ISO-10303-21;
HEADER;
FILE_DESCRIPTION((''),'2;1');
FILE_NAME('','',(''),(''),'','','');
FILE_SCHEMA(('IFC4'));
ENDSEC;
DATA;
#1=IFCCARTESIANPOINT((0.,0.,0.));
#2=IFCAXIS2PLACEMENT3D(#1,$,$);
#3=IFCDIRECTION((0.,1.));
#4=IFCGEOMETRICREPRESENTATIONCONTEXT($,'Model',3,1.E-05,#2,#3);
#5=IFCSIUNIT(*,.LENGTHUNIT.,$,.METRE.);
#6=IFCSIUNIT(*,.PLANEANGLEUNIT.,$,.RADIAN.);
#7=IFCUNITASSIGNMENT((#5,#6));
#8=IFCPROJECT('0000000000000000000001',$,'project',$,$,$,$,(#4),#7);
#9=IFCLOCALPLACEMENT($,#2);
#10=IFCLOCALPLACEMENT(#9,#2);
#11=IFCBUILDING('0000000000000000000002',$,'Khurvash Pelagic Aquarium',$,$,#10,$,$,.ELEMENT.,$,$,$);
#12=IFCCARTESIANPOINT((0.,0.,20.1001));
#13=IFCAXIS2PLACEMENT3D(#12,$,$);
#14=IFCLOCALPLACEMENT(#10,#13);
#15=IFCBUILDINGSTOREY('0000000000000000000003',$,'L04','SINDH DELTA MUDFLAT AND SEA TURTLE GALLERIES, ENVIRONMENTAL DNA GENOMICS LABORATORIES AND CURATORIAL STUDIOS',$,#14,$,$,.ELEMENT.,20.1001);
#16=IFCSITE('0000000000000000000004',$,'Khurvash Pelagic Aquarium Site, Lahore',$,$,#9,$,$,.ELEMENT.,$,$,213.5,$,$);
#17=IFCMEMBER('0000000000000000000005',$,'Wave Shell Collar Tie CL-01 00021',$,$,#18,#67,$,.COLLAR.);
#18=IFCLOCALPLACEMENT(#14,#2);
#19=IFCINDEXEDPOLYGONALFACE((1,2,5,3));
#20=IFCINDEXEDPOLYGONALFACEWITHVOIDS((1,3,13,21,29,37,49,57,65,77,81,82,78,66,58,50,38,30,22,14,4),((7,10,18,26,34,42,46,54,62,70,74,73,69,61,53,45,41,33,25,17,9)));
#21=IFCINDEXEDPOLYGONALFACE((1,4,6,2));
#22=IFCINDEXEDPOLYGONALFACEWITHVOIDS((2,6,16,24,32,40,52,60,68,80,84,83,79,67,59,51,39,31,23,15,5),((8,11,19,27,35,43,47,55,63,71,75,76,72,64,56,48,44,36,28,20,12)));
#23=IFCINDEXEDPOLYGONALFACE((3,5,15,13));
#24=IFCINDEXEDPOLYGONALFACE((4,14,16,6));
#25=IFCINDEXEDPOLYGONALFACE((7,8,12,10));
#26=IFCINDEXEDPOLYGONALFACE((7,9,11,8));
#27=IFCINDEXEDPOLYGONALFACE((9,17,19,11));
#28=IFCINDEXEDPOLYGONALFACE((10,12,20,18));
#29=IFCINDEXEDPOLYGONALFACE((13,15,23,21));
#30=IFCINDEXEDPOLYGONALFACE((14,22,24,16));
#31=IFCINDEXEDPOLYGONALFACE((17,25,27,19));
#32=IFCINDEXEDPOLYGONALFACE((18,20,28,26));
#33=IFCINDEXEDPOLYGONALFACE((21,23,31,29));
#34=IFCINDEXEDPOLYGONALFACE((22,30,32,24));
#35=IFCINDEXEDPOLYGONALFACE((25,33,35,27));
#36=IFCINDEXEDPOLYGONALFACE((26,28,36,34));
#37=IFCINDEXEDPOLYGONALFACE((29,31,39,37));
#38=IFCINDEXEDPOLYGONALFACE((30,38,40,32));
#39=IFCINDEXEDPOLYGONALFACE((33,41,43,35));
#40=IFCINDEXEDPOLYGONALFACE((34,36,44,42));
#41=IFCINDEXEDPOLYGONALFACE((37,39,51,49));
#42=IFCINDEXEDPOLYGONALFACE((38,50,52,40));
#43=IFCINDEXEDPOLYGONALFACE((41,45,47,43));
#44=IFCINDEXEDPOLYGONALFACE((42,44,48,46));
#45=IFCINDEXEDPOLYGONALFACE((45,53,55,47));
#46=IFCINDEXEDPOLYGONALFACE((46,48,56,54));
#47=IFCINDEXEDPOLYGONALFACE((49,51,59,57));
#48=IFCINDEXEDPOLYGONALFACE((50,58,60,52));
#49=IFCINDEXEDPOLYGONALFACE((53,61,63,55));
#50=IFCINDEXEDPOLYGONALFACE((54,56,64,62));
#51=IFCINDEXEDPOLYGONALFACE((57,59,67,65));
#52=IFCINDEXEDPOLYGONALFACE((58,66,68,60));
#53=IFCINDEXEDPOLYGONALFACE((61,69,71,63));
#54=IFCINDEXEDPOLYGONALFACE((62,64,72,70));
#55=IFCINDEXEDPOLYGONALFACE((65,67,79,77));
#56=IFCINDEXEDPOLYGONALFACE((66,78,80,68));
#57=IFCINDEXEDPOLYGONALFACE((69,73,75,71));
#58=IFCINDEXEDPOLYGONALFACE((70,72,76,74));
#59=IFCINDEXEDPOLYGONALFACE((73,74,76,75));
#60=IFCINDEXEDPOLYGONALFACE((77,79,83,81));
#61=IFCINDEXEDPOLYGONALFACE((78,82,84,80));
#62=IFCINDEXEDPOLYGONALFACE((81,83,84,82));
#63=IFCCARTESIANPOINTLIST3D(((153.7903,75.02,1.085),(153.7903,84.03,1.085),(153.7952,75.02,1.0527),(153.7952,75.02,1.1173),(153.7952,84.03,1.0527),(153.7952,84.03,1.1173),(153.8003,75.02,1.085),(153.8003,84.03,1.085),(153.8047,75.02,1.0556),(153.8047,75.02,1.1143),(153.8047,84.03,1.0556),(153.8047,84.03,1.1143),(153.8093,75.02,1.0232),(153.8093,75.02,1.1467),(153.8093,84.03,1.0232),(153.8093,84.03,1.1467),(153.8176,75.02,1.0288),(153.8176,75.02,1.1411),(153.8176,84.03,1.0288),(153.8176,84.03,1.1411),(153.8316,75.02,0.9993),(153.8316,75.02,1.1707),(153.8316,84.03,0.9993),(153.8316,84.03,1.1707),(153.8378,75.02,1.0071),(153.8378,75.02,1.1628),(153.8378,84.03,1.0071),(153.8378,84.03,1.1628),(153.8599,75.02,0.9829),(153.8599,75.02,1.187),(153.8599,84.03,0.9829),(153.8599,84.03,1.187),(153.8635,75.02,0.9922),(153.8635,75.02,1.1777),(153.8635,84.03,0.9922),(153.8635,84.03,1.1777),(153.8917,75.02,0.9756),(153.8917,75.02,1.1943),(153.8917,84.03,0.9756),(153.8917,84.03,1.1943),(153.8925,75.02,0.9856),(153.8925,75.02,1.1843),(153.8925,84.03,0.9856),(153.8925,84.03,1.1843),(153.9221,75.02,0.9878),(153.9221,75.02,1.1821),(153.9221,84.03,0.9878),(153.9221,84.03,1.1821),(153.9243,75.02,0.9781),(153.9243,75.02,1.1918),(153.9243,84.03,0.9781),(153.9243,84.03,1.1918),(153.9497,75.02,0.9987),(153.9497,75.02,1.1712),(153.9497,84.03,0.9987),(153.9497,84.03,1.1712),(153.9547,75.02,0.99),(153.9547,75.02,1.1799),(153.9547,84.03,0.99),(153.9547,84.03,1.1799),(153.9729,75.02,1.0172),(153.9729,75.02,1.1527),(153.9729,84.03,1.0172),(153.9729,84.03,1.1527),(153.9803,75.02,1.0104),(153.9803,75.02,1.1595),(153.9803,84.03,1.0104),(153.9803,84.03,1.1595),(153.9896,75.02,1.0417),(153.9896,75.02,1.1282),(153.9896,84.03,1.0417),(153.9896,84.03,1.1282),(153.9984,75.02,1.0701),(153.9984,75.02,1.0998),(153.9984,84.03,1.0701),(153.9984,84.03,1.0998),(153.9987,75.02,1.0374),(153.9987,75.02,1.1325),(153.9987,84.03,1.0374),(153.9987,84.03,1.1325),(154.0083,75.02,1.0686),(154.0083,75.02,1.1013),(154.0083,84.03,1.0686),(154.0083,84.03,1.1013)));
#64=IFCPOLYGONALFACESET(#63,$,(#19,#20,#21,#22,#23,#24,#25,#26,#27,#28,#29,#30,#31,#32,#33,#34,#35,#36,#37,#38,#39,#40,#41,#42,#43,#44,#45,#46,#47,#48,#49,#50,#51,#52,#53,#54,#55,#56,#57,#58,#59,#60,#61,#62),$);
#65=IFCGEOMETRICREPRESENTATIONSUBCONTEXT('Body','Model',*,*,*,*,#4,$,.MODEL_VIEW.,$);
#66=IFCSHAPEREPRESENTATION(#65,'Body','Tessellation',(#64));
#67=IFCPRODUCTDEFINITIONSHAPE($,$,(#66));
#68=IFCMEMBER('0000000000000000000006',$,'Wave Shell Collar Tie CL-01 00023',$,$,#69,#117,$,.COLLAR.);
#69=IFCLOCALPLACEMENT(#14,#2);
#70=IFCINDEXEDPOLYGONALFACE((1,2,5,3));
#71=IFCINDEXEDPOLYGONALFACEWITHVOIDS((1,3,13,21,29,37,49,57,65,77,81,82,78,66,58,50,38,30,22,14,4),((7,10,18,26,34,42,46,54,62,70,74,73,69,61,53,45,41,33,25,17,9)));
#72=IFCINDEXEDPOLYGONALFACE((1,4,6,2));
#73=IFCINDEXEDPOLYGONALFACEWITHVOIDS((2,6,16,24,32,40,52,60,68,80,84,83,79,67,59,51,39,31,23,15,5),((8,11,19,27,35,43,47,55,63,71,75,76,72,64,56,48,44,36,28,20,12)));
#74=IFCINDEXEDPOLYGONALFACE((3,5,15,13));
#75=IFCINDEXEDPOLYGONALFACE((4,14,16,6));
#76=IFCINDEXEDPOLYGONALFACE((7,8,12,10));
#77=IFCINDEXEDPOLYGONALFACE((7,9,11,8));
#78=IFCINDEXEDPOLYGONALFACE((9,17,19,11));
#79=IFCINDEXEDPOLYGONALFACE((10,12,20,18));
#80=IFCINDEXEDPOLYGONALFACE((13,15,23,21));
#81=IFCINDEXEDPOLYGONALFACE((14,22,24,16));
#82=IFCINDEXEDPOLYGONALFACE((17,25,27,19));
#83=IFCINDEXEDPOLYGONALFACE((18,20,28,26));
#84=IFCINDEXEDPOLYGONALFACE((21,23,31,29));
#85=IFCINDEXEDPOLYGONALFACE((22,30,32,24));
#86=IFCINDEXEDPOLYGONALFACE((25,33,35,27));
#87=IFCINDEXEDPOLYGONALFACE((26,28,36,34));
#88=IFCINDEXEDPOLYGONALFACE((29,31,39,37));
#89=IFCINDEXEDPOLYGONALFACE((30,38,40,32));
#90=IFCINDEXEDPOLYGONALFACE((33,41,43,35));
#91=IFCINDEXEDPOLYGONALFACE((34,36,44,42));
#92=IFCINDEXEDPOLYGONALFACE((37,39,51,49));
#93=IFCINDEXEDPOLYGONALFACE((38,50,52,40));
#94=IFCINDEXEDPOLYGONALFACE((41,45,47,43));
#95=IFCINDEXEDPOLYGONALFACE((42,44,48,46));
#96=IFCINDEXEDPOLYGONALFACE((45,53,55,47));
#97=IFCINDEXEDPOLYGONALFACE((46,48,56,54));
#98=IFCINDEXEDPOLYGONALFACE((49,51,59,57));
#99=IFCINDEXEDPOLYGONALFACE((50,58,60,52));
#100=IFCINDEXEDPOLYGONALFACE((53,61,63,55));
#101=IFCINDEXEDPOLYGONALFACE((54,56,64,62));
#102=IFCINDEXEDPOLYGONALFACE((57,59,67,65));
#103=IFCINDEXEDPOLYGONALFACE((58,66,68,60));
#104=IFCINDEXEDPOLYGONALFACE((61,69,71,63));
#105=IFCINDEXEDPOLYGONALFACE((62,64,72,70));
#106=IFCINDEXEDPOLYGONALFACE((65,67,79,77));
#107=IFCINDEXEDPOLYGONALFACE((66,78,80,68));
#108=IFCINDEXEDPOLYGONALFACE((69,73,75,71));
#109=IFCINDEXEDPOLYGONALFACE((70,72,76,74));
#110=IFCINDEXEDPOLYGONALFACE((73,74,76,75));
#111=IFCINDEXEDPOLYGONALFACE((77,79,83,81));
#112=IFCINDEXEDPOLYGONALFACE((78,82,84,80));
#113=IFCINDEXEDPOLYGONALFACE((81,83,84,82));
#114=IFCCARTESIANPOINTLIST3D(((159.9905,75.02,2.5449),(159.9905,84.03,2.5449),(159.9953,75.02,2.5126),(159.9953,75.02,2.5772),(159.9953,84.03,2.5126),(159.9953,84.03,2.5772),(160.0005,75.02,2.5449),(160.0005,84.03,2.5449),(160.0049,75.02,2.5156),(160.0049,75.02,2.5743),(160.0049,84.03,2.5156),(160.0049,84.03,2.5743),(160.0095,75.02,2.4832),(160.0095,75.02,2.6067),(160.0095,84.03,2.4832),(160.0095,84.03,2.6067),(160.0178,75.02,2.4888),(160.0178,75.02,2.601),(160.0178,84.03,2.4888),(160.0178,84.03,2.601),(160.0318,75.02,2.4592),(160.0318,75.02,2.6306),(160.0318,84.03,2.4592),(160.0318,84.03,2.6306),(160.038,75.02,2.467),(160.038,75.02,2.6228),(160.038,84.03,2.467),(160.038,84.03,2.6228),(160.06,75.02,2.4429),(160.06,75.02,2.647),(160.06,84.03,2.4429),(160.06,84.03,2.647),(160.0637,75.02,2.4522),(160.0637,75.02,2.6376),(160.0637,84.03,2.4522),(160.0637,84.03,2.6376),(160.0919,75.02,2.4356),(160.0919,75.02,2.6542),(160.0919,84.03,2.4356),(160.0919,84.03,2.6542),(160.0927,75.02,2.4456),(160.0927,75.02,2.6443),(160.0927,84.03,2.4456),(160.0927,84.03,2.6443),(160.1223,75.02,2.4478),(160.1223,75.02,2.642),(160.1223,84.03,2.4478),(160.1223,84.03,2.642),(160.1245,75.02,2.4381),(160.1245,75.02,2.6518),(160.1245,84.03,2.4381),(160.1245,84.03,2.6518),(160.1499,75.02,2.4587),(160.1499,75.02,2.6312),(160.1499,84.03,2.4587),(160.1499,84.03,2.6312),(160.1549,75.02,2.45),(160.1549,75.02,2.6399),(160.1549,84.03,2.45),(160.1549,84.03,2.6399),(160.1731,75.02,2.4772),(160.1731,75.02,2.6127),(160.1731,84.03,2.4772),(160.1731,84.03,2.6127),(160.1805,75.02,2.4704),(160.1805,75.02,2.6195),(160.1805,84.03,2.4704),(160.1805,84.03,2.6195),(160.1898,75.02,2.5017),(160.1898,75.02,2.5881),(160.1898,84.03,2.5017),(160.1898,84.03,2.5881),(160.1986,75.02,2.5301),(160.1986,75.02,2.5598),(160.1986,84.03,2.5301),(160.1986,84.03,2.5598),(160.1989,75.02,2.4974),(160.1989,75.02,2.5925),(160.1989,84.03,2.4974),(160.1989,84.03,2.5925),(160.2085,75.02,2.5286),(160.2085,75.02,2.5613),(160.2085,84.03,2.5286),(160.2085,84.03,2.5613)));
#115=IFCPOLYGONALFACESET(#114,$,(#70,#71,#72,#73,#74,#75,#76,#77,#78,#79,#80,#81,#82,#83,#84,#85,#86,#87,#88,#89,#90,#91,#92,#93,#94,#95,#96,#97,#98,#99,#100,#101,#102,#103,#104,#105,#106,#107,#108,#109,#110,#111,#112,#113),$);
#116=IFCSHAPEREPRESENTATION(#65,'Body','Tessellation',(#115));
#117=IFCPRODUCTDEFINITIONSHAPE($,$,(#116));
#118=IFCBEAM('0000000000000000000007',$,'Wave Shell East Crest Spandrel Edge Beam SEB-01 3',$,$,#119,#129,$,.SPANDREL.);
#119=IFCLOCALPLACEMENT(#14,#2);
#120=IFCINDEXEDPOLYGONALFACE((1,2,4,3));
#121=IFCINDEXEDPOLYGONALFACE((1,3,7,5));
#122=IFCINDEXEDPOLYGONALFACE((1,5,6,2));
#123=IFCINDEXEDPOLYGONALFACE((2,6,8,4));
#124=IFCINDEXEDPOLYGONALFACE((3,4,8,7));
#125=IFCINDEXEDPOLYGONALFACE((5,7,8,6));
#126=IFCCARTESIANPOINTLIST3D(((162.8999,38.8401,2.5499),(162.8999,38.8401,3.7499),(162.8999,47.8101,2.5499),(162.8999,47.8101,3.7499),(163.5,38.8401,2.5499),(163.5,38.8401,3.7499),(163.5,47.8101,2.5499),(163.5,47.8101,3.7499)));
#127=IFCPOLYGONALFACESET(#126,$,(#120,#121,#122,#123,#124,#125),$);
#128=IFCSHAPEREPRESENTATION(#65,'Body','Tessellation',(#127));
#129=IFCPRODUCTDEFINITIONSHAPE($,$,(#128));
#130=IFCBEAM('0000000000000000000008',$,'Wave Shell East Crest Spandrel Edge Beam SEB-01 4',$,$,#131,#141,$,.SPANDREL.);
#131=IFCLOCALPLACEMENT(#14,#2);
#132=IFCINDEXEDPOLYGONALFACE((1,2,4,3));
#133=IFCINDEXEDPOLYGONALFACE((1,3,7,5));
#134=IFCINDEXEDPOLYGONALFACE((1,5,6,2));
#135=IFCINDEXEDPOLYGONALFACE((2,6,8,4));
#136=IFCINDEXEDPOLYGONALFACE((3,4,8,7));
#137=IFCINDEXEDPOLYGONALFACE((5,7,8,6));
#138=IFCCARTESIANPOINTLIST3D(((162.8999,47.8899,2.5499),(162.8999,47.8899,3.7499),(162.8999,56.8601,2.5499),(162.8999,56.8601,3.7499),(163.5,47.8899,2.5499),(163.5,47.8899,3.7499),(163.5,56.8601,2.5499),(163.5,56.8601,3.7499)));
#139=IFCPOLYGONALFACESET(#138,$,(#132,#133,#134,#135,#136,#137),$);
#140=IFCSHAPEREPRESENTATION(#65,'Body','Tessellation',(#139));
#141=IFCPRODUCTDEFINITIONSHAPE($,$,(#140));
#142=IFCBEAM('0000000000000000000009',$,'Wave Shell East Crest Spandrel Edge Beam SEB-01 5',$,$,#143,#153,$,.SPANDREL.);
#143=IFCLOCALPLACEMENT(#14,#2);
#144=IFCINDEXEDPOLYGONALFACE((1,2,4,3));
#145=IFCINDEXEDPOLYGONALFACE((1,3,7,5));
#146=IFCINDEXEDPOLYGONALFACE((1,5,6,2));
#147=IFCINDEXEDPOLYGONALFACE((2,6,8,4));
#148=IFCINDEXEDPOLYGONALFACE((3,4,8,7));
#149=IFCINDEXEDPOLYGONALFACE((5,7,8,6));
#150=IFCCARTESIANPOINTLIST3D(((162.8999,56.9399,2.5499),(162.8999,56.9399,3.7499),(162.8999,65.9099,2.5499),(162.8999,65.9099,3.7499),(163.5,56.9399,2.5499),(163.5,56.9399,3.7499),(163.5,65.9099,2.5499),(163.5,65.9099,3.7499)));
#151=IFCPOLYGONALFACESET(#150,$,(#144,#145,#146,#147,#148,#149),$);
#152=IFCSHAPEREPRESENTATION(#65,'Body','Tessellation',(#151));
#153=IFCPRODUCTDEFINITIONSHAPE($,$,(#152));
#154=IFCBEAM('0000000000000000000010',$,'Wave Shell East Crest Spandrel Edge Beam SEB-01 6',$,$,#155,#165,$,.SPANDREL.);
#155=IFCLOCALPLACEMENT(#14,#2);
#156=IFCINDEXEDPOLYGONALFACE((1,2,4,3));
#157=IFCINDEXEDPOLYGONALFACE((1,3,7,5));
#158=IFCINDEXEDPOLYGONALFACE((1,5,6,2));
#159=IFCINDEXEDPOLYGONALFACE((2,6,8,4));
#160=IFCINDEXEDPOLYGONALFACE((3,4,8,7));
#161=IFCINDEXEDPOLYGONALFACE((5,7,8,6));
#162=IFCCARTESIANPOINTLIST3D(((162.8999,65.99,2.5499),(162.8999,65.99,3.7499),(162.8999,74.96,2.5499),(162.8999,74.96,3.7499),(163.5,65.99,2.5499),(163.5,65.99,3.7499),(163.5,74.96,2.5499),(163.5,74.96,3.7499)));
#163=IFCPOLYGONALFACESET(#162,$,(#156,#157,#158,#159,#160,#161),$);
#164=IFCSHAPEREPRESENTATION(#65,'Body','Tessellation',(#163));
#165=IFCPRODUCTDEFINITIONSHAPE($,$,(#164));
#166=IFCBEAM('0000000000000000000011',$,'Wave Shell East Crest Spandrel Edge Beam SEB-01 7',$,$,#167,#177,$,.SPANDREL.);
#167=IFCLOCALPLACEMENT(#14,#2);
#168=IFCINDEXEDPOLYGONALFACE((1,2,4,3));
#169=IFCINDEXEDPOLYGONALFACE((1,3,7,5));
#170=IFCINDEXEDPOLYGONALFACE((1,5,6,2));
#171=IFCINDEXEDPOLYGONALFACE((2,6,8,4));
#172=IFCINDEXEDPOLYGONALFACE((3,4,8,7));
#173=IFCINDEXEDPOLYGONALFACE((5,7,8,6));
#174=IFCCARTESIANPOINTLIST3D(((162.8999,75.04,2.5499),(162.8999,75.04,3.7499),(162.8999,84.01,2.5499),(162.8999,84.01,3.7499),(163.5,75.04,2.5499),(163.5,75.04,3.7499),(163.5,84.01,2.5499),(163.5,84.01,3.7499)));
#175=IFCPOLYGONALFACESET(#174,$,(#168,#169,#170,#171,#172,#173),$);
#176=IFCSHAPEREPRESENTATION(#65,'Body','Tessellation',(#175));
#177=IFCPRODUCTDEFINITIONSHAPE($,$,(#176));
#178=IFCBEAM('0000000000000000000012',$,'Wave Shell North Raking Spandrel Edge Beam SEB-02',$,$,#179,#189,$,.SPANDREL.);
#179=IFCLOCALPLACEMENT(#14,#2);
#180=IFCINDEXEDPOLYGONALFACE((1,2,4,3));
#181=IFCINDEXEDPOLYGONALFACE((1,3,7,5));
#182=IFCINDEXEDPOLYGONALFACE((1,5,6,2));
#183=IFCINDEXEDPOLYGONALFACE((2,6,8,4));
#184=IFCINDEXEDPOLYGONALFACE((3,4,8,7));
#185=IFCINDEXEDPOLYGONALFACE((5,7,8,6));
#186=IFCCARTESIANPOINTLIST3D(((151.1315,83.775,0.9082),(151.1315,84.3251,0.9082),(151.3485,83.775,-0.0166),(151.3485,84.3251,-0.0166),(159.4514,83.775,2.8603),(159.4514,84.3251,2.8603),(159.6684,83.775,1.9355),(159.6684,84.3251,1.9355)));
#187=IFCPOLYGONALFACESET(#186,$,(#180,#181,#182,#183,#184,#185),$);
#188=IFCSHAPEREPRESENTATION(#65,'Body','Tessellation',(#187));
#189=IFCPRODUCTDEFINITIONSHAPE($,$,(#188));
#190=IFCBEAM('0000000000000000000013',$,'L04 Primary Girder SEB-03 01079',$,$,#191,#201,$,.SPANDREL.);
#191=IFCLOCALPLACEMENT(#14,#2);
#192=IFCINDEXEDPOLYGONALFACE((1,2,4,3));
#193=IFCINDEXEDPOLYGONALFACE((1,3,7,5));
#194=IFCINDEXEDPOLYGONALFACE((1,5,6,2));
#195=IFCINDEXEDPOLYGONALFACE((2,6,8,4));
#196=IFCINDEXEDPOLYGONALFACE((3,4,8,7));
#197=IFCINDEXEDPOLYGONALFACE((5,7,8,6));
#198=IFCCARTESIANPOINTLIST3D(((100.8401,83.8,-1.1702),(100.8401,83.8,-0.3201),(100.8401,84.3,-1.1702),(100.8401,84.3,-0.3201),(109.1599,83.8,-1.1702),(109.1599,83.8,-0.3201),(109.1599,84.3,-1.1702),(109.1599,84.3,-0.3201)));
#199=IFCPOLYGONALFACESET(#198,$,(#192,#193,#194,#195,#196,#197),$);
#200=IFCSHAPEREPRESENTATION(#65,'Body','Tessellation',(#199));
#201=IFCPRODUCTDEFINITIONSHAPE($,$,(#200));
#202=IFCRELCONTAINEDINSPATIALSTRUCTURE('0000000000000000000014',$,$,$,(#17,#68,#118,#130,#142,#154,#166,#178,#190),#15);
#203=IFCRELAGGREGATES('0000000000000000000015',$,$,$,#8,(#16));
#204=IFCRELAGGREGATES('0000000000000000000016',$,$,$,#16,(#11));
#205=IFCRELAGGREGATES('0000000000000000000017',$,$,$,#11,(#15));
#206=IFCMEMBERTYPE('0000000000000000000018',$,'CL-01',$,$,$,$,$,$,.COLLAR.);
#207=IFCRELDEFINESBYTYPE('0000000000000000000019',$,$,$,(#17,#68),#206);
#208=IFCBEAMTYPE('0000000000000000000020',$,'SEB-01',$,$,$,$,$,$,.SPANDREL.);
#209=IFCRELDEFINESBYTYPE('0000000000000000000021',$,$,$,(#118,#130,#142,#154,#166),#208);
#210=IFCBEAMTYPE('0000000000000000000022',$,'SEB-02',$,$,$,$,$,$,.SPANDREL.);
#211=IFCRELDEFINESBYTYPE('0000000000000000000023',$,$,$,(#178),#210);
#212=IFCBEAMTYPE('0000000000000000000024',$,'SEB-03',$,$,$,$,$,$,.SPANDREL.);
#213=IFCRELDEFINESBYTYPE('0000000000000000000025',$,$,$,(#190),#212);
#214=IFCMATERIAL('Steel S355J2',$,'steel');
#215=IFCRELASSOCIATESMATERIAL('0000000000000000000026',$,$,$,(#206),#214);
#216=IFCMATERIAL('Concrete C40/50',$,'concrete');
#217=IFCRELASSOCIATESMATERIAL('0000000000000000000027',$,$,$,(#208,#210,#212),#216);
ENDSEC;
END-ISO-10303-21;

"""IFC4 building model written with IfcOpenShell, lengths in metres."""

from ifc_helpers import new_model, si_unit, direction, frame, origin, origin_2d, place, context, subcontext, project, spatial, rectangle, hollow_circle, extrude, material, material_profile, profile_set, type_object, element, save


model = new_model("IFC4")

# Units and contexts
model_context = context("Model", 3, precision=1e-05, world=origin(), true_north=direction((0.0, 1.0)))
body_context = subcontext(model_context, "Body", "Model", "MODEL_VIEW")
ifc_project = project(units=[si_unit("LENGTHUNIT", "METRE"), si_unit("PLANEANGLEUNIT", "RADIAN")], contexts=[model_context])

# Site, building, storey
site_placement = place(None, origin())
site = spatial("IfcSite", under=ifc_project, at=site_placement, Name="Khurvash Pelagic Aquarium Site, Lahore", CompositionType="ELEMENT", RefElevation=213.5)
building_placement = place(site_placement, origin())
building = spatial("IfcBuilding", under=site, at=building_placement, Name="Khurvash Pelagic Aquarium", CompositionType="ELEMENT")
storey_placement = place(building_placement, frame((0.0, 0.0, 20.1001)))
storey = spatial("IfcBuildingStorey", under=building, at=storey_placement, Name="L04", Description="SINDH DELTA MUDFLAT AND SEA TURTLE GALLERIES, ENVIRONMENTAL DNA GENOMICS LABORATORIES AND CURATORIAL STUDIOS", CompositionType="ELEMENT", Elevation=20.1001)

# Shared definitions
ifc_material_1 = material(Name="Concrete C40/50", Category="concrete")

# Members
ifc_material_2 = material(Name="Steel S355J2", Category="steel")
ifc_material_profile_1 = material_profile(ifc_material_2, hollow_circle(Radius=0.1096, WallThickness=0.01, at=origin_2d()), Name="CHS219X10")
ifc_profile_set_1 = profile_set([ifc_material_profile_1], Name="Steel S355J2")
member_type_1 = type_object("IfcMemberType", Name="CL-01", PredefinedType="COLLAR", material=ifc_profile_set_1)
for number, where, z_axis, x_axis, name in (
    (1, (153.8999, 75.02, 1.085), (0.0, 1.0, 0.0), (-1.0, 0.0, 0.0), "Wave Shell Collar Tie CL-01 00021"),
    (2, (160.1001, 75.02, 2.5449), (0.0, 1.0, 0.0), (-1.0, 0.0, 0.0), "Wave Shell Collar Tie CL-01 00023"),
):
    element("IfcMember", number, at=place(storey_placement, frame(where, z_axis=z_axis, x_axis=x_axis)), inside=storey, type_object=member_type_1, Name=name, PredefinedType="COLLAR", context=body_context, shape_type="SweptSolid", body=[
        extrude(hollow_circle(Radius=0.1096, WallThickness=0.01, at=origin_2d()), origin(), (0.0, 0.0, 1.0), 9.01),
    ])

# Beams
ifc_material_profile_2 = material_profile(ifc_material_1, rectangle(XDim=0.6001, YDim=1.2, at=origin_2d()), Name="RC600X1200")
ifc_profile_set_2 = profile_set([ifc_material_profile_2], Name="Concrete C40/50")
beam_type_1 = type_object("IfcBeamType", Name="SEB-01", PredefinedType="SPANDREL", material=ifc_profile_set_2)
beam_1_placement = place(storey_placement, frame((163.2, 38.8401, 3.1499), z_axis=(0.0, 1.0, 0.0), x_axis=(-1.0, 0.0, 0.0)))
element("IfcBeam", 3, at=beam_1_placement, inside=storey, type_object=beam_type_1, Name="Wave Shell East Crest Spandrel Edge Beam SEB-01 3", PredefinedType="SPANDREL", context=body_context, shape_type="SweptSolid", body=[
    extrude(rectangle(XDim=0.6001, YDim=1.2, at=origin_2d()), origin(), (0.0, 0.0, 1.0), 8.97),
])
beam_2_placement = place(storey_placement, frame((163.2, 47.8899, 3.1499), z_axis=(0.0, 1.0, 0.0), x_axis=(-1.0, 0.0, 0.0)))
element("IfcBeam", 4, at=beam_2_placement, inside=storey, type_object=beam_type_1, Name="Wave Shell East Crest Spandrel Edge Beam SEB-01 4", PredefinedType="SPANDREL", context=body_context, shape_type="SweptSolid", body=[
    extrude(rectangle(XDim=0.6001, YDim=1.2, at=origin_2d()), origin(), (0.0, 0.0, 1.0), 8.9702),
])
for number, where, z_axis, x_axis, name in (
    (5, (163.2, 56.9399, 3.1499), (0.0, 1.0, 0.0), (-1.0, 0.0, 0.0), "Wave Shell East Crest Spandrel Edge Beam SEB-01 5"),
    (6, (163.2, 65.99, 3.1499), (0.0, 1.0, 0.0), (-1.0, 0.0, 0.0), "Wave Shell East Crest Spandrel Edge Beam SEB-01 6"),
    (7, (163.2, 75.04, 3.1499), (0.0, 1.0, 0.0), (-1.0, 0.0, 0.0), "Wave Shell East Crest Spandrel Edge Beam SEB-01 7"),
):
    element("IfcBeam", number, at=place(storey_placement, frame(where, z_axis=z_axis, x_axis=x_axis)), inside=storey, type_object=beam_type_1, Name=name, PredefinedType="SPANDREL", context=body_context, shape_type="SweptSolid", body=[
        extrude(rectangle(XDim=0.6001, YDim=1.2, at=origin_2d()), origin(), (0.0, 0.0, 1.0), 8.97),
    ])
ifc_material_profile_3 = material_profile(ifc_material_1, rectangle(XDim=0.55, YDim=0.95, at=origin_2d()), Name="RC550X950")
ifc_profile_set_3 = profile_set([ifc_material_profile_3], Name="Concrete C40/50")
beam_type_2 = type_object("IfcBeamType", Name="SEB-02", PredefinedType="SPANDREL", material=ifc_profile_set_3)
beam_3_placement = place(storey_placement, frame((151.24, 84.05, 0.4458), z_axis=(0.973561, 0.0, 0.228428), x_axis=(0.0, 1.0, 0.0)))
element("IfcBeam", 8, at=beam_3_placement, inside=storey, type_object=beam_type_2, Name="Wave Shell North Raking Spandrel Edge Beam SEB-02", PredefinedType="SPANDREL", context=body_context, shape_type="SweptSolid", body=[
    extrude(rectangle(XDim=0.55, YDim=0.95, at=origin_2d()), origin(), (0.0, 0.0, 1.0), 8.5459),
])
ifc_material_profile_4 = material_profile(ifc_material_1, rectangle(XDim=0.5, YDim=0.8501, at=origin_2d()), Name="RC500X850")
ifc_profile_set_4 = profile_set([ifc_material_profile_4], Name="Concrete C40/50")
beam_type_3 = type_object("IfcBeamType", Name="SEB-03", PredefinedType="SPANDREL", material=ifc_profile_set_4)
beam_4_placement = place(storey_placement, frame((100.8401, 84.05, -0.7451), z_axis=(1.0, 0.0, 0.0), x_axis=(0.0, 1.0, 0.0)))
element("IfcBeam", 9, at=beam_4_placement, inside=storey, type_object=beam_type_3, Name="L04 Primary Girder SEB-03 01079", PredefinedType="SPANDREL", context=body_context, shape_type="SweptSolid", body=[
    extrude(rectangle(XDim=0.5, YDim=0.8501, at=origin_2d()), origin(), (0.0, 0.0, 1.0), 8.3198),
])

save(model, "model.ifc")
